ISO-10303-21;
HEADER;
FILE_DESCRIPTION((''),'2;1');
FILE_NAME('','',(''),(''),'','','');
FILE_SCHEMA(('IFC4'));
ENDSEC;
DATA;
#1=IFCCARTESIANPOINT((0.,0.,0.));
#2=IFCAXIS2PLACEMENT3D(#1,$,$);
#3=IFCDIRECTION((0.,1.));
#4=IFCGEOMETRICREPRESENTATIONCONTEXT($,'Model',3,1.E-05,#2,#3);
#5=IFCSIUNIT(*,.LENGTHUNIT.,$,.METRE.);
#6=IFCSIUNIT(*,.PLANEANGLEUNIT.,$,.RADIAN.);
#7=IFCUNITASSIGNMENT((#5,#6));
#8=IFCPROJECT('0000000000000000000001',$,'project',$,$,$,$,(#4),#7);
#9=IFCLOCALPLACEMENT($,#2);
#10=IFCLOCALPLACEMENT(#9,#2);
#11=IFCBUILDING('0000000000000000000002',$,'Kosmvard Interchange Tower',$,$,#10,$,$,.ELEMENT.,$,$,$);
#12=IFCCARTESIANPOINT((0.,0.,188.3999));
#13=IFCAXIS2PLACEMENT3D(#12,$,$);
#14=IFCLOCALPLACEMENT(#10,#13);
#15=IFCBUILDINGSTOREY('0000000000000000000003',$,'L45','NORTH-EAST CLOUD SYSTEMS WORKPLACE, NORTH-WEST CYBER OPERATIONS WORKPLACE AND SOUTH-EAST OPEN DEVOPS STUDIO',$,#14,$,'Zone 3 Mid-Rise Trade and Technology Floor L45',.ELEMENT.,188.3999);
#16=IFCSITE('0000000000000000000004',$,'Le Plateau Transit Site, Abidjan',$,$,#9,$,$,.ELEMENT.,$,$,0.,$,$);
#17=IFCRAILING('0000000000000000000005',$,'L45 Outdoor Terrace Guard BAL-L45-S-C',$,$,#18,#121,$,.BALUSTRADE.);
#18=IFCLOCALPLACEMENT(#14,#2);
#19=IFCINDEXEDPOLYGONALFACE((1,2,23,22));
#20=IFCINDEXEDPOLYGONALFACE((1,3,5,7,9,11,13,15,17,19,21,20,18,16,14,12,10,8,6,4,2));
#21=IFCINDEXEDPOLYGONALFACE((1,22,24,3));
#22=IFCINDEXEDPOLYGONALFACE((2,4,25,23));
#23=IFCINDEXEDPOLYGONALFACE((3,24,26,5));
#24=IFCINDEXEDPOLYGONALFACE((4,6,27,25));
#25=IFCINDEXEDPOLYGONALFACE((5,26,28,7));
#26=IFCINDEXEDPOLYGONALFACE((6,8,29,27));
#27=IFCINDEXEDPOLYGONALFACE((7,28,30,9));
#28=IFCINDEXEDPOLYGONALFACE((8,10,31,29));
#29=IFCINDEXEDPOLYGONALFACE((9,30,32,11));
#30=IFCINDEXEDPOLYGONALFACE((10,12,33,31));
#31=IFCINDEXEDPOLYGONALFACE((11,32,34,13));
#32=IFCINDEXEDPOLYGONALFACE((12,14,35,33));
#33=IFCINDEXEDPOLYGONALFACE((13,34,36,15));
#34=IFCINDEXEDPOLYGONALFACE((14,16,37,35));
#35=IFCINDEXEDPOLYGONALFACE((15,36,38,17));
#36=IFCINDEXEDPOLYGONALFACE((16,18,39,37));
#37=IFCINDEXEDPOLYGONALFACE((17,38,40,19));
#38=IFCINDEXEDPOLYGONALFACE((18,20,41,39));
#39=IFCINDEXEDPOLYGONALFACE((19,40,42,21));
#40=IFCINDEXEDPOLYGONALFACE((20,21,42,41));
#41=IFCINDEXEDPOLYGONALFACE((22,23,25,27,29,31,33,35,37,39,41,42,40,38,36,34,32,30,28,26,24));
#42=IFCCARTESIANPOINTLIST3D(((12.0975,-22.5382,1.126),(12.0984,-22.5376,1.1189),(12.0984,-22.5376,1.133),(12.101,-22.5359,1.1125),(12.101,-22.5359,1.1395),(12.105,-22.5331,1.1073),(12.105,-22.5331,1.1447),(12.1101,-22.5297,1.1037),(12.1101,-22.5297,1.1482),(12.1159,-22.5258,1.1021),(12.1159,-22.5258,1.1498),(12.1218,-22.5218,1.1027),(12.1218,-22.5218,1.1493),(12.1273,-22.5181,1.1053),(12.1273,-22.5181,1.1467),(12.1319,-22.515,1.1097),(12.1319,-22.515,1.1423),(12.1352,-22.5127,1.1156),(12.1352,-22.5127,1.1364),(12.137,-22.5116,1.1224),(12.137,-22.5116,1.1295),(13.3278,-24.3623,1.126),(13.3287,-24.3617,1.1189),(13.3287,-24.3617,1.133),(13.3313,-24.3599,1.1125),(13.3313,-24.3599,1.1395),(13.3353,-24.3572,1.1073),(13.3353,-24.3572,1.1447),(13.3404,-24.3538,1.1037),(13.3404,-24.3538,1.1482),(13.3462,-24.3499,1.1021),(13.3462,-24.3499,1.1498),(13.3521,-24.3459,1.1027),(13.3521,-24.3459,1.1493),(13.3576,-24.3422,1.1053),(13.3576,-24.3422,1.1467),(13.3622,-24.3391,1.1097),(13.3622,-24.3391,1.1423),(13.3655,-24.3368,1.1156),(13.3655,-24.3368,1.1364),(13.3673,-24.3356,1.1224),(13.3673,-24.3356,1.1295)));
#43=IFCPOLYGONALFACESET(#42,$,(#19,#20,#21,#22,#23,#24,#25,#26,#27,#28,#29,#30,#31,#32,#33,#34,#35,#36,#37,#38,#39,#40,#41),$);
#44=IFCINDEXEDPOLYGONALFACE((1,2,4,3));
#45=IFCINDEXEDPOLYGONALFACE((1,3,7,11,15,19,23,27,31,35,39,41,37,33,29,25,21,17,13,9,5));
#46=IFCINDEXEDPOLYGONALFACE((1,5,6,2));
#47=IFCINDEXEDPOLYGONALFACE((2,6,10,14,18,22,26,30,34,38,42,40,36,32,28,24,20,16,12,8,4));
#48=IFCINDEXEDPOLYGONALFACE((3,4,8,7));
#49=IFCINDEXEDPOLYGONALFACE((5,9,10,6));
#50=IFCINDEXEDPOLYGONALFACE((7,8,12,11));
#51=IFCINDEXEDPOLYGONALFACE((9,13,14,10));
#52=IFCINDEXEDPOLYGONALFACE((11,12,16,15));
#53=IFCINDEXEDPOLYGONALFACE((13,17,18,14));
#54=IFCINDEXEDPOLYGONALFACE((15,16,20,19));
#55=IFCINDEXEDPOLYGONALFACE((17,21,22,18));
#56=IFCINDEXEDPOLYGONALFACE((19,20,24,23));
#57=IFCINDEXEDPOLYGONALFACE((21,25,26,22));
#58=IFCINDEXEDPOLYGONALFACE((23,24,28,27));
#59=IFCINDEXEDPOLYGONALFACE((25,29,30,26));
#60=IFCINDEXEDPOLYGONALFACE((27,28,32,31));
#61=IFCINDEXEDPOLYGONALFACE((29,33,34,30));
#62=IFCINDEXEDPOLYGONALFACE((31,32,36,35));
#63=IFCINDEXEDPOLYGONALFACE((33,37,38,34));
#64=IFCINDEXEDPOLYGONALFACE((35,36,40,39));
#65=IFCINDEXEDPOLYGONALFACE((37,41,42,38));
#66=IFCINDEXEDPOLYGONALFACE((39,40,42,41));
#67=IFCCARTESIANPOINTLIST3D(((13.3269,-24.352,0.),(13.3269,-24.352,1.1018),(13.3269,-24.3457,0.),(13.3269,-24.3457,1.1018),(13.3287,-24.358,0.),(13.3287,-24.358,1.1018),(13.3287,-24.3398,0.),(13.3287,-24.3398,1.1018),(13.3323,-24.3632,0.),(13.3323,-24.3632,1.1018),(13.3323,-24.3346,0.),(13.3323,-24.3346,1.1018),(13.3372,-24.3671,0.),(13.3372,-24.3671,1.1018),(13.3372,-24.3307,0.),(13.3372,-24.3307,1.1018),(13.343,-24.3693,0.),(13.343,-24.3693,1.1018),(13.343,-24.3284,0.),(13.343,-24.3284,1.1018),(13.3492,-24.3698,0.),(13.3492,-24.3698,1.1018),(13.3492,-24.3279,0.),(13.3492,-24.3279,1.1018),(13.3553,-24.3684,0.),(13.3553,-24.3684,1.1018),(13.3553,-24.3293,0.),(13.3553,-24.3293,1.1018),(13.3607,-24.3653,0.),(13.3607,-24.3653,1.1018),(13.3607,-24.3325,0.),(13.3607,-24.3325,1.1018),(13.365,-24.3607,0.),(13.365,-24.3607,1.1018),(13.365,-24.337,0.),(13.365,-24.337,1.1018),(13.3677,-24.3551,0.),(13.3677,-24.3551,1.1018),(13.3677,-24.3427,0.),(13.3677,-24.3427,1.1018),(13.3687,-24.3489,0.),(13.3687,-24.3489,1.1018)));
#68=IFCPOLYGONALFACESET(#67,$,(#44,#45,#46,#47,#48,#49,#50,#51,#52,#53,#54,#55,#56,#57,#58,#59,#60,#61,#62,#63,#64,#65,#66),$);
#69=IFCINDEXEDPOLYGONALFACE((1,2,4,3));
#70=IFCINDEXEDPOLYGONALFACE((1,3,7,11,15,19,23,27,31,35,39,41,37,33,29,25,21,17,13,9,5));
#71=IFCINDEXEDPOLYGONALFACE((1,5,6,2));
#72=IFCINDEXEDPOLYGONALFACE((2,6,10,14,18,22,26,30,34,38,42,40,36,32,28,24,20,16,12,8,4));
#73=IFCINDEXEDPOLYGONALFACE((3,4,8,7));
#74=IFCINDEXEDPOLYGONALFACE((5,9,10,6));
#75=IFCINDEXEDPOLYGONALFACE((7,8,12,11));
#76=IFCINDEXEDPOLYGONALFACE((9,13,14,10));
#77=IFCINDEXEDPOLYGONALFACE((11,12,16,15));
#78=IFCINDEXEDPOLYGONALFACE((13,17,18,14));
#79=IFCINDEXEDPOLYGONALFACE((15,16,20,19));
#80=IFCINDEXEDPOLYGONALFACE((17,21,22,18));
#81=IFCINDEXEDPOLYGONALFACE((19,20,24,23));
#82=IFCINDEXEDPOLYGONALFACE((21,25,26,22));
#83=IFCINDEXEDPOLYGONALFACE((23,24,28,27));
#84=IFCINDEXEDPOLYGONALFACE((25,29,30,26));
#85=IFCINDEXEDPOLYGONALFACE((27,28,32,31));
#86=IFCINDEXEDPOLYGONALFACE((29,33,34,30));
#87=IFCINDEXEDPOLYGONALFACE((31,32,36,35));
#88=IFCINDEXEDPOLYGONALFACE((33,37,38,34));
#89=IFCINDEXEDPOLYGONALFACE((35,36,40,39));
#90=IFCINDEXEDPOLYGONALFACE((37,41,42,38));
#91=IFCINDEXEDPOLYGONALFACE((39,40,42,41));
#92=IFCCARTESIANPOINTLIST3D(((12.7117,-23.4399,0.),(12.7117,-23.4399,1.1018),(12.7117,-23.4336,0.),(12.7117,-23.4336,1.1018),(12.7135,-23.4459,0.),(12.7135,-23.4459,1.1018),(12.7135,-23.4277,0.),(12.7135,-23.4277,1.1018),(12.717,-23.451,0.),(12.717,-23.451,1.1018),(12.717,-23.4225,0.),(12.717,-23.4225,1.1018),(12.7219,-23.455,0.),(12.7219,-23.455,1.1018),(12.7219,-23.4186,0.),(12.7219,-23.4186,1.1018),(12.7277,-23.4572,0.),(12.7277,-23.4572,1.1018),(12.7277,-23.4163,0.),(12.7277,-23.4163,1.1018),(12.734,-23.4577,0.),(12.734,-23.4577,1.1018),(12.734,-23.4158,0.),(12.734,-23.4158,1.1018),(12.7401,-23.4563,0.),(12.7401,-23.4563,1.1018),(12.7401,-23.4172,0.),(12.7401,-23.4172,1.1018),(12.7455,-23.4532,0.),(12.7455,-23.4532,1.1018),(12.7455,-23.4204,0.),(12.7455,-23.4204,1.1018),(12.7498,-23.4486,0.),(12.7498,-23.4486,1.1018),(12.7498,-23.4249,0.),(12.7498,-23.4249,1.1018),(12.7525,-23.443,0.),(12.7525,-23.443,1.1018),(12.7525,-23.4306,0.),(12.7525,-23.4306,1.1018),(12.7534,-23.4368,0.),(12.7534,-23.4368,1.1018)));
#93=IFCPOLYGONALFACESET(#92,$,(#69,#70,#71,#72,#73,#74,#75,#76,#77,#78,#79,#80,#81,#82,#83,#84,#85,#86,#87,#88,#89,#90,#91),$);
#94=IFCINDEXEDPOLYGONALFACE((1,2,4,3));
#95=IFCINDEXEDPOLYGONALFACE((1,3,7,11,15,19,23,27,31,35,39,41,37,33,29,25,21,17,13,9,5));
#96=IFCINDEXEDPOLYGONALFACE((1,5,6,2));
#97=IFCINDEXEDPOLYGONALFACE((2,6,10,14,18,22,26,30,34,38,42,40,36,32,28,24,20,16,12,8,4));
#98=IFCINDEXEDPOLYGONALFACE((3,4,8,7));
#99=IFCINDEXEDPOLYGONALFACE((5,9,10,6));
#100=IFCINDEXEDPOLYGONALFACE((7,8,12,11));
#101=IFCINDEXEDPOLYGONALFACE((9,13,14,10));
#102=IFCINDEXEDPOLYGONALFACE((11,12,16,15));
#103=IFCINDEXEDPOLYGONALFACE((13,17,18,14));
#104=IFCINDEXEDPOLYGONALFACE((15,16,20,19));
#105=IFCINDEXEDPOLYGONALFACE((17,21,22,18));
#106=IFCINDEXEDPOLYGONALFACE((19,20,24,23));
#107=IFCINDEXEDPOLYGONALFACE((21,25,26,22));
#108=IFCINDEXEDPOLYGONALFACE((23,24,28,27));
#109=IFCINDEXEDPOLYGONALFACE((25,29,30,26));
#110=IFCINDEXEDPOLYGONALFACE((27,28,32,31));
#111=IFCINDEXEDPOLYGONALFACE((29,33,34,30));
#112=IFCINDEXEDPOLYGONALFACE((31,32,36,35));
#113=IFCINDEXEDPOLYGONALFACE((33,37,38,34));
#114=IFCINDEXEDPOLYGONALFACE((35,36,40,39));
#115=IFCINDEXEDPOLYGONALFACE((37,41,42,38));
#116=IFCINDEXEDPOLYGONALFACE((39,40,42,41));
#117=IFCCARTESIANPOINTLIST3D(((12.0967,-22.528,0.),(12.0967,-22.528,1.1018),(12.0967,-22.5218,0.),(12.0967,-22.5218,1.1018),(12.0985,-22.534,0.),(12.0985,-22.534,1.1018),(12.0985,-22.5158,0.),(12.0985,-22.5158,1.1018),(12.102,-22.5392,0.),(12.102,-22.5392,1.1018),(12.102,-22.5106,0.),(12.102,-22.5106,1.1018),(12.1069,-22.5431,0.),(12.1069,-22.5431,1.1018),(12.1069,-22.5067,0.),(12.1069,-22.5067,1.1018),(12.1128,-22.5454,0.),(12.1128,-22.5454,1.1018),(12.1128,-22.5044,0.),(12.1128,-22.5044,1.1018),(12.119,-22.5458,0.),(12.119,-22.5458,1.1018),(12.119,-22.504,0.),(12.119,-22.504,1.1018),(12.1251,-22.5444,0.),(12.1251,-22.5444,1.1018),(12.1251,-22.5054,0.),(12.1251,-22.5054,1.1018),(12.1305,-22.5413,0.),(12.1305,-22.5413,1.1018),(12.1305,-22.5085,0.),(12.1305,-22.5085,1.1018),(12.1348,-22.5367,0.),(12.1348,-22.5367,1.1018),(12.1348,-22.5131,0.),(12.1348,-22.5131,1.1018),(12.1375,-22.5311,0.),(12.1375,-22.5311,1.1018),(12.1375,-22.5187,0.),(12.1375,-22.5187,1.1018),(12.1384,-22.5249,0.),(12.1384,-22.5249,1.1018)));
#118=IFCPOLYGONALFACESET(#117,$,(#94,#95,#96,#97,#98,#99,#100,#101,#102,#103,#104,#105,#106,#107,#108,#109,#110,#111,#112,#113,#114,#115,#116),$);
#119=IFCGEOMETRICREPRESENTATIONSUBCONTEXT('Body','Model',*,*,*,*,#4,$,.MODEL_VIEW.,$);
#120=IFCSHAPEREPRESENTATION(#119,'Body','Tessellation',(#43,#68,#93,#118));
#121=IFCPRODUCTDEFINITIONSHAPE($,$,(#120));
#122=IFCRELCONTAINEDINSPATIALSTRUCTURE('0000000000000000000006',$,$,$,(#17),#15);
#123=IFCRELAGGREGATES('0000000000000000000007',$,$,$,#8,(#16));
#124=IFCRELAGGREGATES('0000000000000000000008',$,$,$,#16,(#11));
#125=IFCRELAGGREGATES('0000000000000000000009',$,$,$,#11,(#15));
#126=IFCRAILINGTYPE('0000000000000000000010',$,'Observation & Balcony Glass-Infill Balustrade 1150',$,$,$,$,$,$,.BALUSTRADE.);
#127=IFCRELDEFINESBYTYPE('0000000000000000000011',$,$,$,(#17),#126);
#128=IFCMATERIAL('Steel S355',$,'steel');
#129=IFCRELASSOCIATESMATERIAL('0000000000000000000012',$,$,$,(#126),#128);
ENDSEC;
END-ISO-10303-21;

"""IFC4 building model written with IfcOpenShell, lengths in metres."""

from ifc_helpers import new_model, si_unit, direction, frame, origin, origin_2d, place, context, subcontext, project, spatial, circle, extrude, source, transform, mapped, material, type_object, element, save


model = new_model("IFC4")

# Units and contexts
model_context = context("Model", 3, precision=1e-05, world=origin(), true_north=direction((0.0, 1.0)))
body_context = subcontext(model_context, "Body", "Model", "MODEL_VIEW")
ifc_project = project(units=[si_unit("LENGTHUNIT", "METRE"), si_unit("PLANEANGLEUNIT", "RADIAN")], contexts=[model_context])

# Site, building, storey
site_placement = place(None, origin())
site = spatial("IfcSite", under=ifc_project, at=site_placement, Name="Le Plateau Transit Site, Abidjan", CompositionType="ELEMENT", RefElevation=0.0)
building_placement = place(site_placement, origin())
building = spatial("IfcBuilding", under=site, at=building_placement, Name="Kosmvard Interchange Tower", CompositionType="ELEMENT")
storey_placement = place(building_placement, frame((0.0, 0.0, 188.3999)))
storey = spatial("IfcBuildingStorey", under=building, at=storey_placement, Name="L45", Description="NORTH-EAST CLOUD SYSTEMS WORKPLACE, NORTH-WEST CYBER OPERATIONS WORKPLACE AND SOUTH-EAST OPEN DEVOPS STUDIO", LongName="Zone 3 Mid-Rise Trade and Technology Floor L45", CompositionType="ELEMENT", Elevation=188.3999)

# Shared definitions
ifc_material_1 = material(Name="Steel S355", Category="steel")

# Railing
railing_type = type_object("IfcRailingType", Name="Observation & Balcony Glass-Infill Balustrade 1150", PredefinedType="BALUSTRADE", material=ifc_material_1)
shared_shape_1 = source(origin(), body_context, "Body", "SweptSolid", [
    extrude(circle(Radius=0.0239, at=origin_2d()), frame((0.0, 0.0, 1.126), z_axis=(-0.559174, 0.829051, 0.0), x_axis=(-0.829051, -0.559174, 0.0)), (0.0, 0.0, 1.0), 2.2002),
    extrude(circle(Radius=0.021, at=origin_2d()), origin(), (0.0, 0.0, 1.0), 1.1018),
    extrude(circle(Radius=0.021, at=origin_2d()), frame((-0.6152, 0.9121, 0.0)), (0.0, 0.0, 1.0), 1.1018),
    extrude(circle(Radius=0.021, at=origin_2d()), frame((-1.2302, 1.824, 0.0)), (0.0, 0.0, 1.0), 1.1018),
])
railing_placement = place(storey_placement, frame((13.3477, -24.3489, 0.0)))
element("IfcRailing", 1, at=railing_placement, inside=storey, type_object=railing_type, Name="L45 Outdoor Terrace Guard BAL-L45-S-C", PredefinedType="BALUSTRADE", context=body_context, shape_type="MappedRepresentation", body=[
    mapped(shared_shape_1, transform((0.0, 0.0, 0.0), scale=1.0)),
])

save(model, "model.ifc")
